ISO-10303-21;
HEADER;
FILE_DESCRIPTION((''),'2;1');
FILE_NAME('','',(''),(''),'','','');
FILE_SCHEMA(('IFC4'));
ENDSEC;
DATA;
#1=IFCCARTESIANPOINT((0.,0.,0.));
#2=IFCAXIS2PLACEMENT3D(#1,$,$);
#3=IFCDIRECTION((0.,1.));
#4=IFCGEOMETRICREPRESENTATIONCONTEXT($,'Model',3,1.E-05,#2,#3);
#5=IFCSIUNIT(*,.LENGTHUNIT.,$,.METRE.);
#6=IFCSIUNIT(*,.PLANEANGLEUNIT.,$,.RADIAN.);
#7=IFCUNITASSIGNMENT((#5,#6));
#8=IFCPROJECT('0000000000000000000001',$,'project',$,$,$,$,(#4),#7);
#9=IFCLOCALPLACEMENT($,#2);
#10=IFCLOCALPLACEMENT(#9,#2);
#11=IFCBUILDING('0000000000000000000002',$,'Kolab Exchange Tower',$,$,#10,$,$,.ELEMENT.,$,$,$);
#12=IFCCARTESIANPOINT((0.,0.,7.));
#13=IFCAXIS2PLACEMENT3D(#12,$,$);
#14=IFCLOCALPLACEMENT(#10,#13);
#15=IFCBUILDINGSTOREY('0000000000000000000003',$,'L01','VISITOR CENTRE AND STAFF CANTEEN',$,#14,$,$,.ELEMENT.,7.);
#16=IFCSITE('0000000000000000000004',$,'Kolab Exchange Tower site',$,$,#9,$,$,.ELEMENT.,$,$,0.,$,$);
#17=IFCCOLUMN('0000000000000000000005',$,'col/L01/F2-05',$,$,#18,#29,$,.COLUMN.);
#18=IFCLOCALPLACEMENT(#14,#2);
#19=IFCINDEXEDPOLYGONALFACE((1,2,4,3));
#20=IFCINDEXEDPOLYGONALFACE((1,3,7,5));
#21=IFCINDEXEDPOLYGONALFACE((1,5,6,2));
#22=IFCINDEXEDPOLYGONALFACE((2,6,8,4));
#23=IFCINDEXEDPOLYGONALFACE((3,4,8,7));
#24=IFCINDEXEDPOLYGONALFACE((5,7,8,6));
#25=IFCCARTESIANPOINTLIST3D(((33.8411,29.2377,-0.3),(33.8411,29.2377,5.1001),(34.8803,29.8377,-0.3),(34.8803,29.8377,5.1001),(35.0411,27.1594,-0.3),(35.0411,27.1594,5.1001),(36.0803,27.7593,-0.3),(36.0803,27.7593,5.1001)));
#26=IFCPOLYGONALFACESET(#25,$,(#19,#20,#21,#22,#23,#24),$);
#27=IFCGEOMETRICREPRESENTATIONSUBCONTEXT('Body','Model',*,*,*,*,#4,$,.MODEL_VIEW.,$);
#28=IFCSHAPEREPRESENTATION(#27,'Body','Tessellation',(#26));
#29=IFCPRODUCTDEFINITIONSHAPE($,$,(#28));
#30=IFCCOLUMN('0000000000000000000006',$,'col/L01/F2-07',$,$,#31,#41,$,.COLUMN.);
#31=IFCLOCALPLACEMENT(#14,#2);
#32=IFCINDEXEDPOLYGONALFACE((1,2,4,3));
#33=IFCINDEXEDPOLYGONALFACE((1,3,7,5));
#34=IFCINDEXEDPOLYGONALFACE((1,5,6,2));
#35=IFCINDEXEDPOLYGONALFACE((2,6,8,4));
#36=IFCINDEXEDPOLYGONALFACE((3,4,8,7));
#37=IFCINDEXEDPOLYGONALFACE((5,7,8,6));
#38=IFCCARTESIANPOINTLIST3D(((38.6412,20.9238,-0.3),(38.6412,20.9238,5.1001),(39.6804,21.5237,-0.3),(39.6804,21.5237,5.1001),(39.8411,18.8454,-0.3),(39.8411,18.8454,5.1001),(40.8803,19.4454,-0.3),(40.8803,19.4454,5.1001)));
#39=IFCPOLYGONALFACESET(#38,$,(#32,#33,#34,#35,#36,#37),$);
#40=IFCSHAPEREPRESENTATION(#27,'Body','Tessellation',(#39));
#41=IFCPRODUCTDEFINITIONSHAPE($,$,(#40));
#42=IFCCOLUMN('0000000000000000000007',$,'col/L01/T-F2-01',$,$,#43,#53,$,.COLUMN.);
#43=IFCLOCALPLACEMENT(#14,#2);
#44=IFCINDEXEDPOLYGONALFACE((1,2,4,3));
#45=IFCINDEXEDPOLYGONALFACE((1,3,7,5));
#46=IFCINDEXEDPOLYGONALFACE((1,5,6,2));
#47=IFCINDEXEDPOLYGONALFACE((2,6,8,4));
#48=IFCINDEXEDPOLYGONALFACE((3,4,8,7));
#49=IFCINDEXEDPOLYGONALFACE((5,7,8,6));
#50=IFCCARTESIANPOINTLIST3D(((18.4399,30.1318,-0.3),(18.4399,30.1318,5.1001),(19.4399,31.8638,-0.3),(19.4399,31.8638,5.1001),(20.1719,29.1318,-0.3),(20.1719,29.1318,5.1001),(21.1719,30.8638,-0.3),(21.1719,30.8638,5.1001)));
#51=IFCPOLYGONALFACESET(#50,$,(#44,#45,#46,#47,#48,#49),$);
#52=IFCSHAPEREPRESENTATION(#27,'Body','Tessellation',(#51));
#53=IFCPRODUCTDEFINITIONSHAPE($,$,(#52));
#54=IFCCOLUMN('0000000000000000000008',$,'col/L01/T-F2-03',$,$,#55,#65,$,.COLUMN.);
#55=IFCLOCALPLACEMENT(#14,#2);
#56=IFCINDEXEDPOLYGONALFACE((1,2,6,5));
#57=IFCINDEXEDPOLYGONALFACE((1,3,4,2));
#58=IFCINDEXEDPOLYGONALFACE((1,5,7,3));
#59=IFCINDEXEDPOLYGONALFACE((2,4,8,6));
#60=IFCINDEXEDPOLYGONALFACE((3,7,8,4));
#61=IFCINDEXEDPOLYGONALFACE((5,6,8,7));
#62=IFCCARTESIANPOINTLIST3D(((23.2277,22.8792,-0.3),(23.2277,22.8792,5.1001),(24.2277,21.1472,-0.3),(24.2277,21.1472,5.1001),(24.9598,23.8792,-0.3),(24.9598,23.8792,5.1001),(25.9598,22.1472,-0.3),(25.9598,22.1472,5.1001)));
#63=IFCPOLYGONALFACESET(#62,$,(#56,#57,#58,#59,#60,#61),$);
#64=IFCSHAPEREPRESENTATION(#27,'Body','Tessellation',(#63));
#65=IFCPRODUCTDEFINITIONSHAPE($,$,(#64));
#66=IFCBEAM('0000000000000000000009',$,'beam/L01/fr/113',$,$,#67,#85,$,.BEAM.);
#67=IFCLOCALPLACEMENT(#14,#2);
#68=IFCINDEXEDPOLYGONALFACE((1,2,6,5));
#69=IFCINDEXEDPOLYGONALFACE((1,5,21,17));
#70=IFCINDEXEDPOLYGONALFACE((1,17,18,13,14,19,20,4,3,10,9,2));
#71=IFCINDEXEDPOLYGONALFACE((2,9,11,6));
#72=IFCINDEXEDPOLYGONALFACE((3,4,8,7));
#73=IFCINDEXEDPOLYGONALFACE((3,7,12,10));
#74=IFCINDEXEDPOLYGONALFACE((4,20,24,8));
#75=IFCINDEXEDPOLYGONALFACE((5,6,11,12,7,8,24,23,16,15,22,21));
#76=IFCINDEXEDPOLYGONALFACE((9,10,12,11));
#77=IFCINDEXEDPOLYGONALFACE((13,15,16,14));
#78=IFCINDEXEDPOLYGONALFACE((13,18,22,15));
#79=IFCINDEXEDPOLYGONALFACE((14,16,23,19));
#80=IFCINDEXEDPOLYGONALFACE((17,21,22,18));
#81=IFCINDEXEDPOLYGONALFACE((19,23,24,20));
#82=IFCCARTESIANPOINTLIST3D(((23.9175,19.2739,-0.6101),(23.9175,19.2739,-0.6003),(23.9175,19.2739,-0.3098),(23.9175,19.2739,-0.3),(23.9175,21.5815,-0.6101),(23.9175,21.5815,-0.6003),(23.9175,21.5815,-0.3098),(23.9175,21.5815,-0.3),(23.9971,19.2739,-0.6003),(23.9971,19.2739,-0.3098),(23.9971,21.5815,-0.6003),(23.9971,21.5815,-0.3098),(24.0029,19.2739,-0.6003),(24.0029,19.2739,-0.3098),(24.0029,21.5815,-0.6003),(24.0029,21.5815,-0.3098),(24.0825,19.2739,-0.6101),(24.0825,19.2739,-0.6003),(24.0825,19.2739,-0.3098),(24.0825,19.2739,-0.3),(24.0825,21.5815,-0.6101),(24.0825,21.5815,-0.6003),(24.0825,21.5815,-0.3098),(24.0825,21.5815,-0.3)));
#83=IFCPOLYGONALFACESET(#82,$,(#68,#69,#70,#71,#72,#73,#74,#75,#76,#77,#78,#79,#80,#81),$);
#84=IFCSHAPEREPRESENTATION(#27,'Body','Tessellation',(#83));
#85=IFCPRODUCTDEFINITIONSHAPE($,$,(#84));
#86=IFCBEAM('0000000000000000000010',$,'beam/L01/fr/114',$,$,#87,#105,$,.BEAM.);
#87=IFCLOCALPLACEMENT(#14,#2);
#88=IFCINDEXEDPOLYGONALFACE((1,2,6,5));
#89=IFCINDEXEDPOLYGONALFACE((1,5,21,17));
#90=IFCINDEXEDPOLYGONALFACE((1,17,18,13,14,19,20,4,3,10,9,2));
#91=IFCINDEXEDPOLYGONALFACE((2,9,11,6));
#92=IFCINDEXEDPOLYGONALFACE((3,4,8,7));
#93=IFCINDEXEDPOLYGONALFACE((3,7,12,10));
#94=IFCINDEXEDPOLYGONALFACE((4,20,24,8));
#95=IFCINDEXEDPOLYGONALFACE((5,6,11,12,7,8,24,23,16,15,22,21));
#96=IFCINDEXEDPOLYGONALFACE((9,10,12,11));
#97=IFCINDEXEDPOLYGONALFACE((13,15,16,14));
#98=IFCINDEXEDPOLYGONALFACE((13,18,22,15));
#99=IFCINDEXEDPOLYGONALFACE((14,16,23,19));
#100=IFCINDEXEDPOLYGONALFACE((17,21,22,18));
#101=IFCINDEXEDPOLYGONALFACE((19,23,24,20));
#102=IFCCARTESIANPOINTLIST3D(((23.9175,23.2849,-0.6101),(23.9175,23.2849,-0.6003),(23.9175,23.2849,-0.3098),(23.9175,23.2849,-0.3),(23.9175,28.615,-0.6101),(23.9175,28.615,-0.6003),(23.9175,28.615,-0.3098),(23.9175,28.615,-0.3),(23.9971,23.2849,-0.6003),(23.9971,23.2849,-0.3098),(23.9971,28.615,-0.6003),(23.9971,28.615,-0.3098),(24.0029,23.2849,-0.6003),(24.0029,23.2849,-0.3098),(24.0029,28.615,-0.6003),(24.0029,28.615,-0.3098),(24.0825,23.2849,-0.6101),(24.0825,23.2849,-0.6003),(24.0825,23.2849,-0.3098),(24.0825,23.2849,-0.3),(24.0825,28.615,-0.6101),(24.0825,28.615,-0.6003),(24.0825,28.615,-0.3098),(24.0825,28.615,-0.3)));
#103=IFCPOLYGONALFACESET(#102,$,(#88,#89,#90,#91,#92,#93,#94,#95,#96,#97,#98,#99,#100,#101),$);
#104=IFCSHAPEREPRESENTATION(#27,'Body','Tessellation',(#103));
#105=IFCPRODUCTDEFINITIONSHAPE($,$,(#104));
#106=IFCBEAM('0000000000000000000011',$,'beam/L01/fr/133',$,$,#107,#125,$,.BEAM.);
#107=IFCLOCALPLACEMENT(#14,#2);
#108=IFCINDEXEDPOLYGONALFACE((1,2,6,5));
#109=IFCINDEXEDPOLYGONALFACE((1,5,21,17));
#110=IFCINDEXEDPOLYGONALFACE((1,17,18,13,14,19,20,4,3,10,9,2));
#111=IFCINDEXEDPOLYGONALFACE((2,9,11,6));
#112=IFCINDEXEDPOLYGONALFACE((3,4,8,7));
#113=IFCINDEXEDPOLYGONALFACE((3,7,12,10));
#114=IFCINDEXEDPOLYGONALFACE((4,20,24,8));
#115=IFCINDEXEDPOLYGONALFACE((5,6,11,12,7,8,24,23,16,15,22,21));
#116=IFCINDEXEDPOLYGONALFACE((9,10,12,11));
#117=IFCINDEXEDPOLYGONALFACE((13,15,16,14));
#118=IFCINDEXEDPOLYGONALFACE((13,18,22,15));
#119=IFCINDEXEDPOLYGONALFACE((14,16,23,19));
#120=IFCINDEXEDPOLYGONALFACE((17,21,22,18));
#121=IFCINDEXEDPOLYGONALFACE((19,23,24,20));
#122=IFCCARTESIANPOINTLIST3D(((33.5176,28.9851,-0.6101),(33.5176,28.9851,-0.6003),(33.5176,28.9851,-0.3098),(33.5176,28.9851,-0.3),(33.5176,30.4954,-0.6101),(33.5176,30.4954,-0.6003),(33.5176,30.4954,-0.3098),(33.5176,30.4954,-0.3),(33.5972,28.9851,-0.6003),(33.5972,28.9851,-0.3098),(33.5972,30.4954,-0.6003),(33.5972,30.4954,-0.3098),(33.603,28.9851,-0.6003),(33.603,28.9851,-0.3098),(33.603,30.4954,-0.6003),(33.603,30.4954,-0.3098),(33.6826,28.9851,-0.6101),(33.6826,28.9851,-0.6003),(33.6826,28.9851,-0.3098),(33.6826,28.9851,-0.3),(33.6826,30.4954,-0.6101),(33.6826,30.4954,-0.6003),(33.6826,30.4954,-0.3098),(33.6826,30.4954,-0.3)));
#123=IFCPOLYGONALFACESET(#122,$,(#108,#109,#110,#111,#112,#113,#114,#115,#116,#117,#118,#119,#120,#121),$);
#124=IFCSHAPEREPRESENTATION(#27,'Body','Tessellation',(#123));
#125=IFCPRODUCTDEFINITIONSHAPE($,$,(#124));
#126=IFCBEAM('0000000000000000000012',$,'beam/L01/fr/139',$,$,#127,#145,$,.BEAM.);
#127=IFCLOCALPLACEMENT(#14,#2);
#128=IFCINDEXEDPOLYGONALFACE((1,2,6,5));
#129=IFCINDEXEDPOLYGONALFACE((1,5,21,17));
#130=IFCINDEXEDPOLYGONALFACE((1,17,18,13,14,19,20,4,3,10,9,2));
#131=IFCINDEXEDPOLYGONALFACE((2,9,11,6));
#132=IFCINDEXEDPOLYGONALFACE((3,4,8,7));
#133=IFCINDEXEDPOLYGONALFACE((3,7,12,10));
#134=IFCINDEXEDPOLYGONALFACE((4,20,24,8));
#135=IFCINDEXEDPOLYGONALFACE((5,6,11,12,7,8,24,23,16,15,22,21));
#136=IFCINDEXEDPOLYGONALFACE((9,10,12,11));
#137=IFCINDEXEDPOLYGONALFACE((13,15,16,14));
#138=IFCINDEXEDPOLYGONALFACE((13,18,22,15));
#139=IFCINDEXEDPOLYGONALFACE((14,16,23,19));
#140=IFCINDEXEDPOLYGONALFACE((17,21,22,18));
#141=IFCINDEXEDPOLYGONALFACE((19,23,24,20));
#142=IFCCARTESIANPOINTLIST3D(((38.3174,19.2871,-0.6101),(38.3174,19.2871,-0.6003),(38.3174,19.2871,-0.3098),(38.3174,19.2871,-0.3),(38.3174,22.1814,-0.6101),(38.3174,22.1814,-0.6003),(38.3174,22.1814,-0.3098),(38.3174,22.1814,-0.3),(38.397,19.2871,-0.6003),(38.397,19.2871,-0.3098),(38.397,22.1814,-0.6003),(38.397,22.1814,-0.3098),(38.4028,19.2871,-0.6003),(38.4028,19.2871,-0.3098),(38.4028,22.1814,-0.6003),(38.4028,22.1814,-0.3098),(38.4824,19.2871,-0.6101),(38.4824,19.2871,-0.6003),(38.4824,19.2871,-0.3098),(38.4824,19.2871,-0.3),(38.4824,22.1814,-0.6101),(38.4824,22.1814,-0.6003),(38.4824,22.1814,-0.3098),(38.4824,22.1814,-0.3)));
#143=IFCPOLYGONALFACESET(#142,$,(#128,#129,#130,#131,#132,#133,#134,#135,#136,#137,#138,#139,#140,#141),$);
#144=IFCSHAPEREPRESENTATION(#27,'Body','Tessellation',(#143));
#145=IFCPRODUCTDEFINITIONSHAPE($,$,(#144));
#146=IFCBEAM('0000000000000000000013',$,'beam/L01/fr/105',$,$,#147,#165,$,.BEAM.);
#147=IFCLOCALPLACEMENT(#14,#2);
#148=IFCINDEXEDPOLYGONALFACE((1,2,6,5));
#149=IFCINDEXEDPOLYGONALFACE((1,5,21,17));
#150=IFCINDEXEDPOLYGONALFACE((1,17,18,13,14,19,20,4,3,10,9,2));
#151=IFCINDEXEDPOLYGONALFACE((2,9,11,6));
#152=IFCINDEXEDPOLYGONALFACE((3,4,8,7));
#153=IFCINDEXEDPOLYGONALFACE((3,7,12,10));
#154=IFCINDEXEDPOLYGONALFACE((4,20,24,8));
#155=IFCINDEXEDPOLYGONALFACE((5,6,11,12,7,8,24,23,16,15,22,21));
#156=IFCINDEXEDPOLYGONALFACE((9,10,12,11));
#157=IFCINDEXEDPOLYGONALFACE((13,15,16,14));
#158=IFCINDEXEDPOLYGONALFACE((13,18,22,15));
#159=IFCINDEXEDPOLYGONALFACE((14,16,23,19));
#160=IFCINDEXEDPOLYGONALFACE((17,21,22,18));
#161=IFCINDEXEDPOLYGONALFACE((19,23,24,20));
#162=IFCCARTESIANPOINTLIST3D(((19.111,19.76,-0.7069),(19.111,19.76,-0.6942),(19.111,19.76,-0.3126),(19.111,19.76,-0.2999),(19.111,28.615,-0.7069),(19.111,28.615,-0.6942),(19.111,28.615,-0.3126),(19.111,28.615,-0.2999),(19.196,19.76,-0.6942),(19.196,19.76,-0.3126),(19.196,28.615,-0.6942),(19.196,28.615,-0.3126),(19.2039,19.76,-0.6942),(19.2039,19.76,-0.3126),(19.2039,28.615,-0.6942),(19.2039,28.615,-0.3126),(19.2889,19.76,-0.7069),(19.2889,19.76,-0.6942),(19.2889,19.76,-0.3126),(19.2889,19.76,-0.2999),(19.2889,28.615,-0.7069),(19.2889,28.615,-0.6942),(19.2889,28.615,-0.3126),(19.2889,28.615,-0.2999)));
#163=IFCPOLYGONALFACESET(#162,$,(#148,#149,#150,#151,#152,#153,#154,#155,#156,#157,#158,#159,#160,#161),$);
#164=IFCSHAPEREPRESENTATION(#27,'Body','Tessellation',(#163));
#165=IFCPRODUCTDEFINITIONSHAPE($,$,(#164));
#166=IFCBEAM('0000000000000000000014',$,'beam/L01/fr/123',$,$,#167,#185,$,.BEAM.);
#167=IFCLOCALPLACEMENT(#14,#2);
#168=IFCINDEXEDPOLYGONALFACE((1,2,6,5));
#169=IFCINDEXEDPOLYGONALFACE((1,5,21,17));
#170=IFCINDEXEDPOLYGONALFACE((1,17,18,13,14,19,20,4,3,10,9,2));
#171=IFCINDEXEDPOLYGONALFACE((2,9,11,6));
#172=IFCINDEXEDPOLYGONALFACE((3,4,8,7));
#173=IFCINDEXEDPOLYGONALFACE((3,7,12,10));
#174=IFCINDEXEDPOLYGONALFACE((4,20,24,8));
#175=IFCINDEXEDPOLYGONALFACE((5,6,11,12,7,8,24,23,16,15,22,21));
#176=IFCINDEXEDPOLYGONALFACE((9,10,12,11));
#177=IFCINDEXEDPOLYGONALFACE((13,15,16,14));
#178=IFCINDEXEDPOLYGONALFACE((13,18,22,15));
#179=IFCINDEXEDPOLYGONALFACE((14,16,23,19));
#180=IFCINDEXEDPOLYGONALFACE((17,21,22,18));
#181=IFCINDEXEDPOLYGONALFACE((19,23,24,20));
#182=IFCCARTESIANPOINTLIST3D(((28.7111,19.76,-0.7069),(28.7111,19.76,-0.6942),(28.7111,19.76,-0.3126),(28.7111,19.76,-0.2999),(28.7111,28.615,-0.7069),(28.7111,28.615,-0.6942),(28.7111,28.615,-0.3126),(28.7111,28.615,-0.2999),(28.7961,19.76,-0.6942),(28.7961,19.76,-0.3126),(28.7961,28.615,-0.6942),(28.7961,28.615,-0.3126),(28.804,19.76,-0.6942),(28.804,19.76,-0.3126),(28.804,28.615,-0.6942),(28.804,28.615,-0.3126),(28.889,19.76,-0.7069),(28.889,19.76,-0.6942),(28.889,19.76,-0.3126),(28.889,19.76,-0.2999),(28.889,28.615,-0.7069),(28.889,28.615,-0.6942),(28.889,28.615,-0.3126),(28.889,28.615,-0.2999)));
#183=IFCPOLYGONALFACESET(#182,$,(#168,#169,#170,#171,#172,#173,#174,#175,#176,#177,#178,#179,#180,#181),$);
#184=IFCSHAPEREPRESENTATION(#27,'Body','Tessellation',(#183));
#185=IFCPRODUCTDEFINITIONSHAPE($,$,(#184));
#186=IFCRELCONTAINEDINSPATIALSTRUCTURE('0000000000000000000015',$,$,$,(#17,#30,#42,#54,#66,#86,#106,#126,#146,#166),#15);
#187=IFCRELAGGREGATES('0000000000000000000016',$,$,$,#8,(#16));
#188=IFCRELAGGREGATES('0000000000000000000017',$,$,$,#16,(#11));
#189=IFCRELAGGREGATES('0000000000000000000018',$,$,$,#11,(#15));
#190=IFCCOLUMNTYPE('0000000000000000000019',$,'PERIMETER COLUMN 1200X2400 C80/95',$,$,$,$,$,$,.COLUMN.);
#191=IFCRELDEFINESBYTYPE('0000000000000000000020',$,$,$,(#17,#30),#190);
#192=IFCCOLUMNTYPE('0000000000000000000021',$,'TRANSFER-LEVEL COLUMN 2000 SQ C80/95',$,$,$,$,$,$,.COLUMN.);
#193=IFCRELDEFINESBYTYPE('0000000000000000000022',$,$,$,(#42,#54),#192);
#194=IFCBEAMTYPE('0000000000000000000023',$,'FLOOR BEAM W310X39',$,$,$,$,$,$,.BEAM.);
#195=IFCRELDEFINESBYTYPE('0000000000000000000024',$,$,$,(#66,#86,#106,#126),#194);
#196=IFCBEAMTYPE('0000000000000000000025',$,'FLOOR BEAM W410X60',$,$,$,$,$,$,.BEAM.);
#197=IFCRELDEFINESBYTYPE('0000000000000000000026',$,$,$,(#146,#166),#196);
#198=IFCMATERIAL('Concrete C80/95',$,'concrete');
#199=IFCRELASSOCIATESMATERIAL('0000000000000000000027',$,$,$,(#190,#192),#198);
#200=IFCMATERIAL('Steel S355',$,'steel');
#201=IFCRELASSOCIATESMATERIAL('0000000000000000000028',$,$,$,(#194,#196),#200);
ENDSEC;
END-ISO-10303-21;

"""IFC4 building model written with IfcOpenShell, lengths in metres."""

from ifc_helpers import new_model, si_unit, direction, frame, origin, origin_2d, place, context, subcontext, project, spatial, rectangle, i_section, extrude, material, material_profile, profile_set, type_object, element, save


model = new_model("IFC4")

# Units and contexts
model_context = context("Model", 3, precision=1e-05, world=origin(), true_north=direction((0.0, 1.0)))
body_context = subcontext(model_context, "Body", "Model", "MODEL_VIEW")
ifc_project = project(units=[si_unit("LENGTHUNIT", "METRE"), si_unit("PLANEANGLEUNIT", "RADIAN")], contexts=[model_context])

# Site, building, storey
site_placement = place(None, origin())
site = spatial("IfcSite", under=ifc_project, at=site_placement, Name="Kolab Exchange Tower site", CompositionType="ELEMENT", RefElevation=0.0)
building_placement = place(site_placement, origin())
building = spatial("IfcBuilding", under=site, at=building_placement, Name="Kolab Exchange Tower", CompositionType="ELEMENT")
storey_placement = place(building_placement, frame((0.0, 0.0, 7.0)))
storey = spatial("IfcBuildingStorey", under=building, at=storey_placement, Name="L01", Description="VISITOR CENTRE AND STAFF CANTEEN", CompositionType="ELEMENT", Elevation=7.0)

# Columns
ifc_material_1 = material(Name="Concrete C80/95", Category="concrete")
ifc_material_profile_1 = material_profile(ifc_material_1, rectangle(XDim=1.2, YDim=2.3999, at=origin_2d()), Name="RC1200X2400")
ifc_profile_set_1 = profile_set([ifc_material_profile_1], Name="Concrete C80/95")
column_type_1 = type_object("IfcColumnType", Name="PERIMETER COLUMN 1200X2400 C80/95", PredefinedType="COLUMN", material=ifc_profile_set_1)
for number, where, z_axis, x_axis, name in (
    (1, (34.9607, 28.4985, -0.3), (0.0, 0.0, 1.0), (0.866025, 0.5, 0.0), "col/L01/F2-05"),
    (2, (39.7607, 20.1846, -0.3), (0.0, 0.0, 1.0), (0.866025, 0.5, 0.0), "col/L01/F2-07"),
):
    element("IfcColumn", number, at=place(storey_placement, frame(where, z_axis=z_axis, x_axis=x_axis)), inside=storey, type_object=column_type_1, Name=name, PredefinedType="COLUMN", context=body_context, shape_type="SweptSolid", body=[
        extrude(rectangle(XDim=1.2, YDim=2.3999, at=origin_2d()), origin(), (0.0, 0.0, 1.0), 5.4001),
    ])
ifc_material_profile_2 = material_profile(ifc_material_1, rectangle(XDim=2.0, YDim=2.0, at=origin_2d()), Name="RC2000")
ifc_profile_set_2 = profile_set([ifc_material_profile_2], Name="Concrete C80/95")
column_type_2 = type_object("IfcColumnType", Name="TRANSFER-LEVEL COLUMN 2000 SQ C80/95", PredefinedType="COLUMN", material=ifc_profile_set_2)
for number, where, z_axis, x_axis, name in (
    (3, (19.8059, 30.4978, -0.3), (0.0, 0.0, 1.0), (0.5, 0.866025, 0.0), "col/L01/T-F2-01"),
    (4, (24.5938, 22.5132, -0.3), (0.0, 0.0, 1.0), (0.866025, 0.5, 0.0), "col/L01/T-F2-03"),
):
    element("IfcColumn", number, at=place(storey_placement, frame(where, z_axis=z_axis, x_axis=x_axis)), inside=storey, type_object=column_type_2, Name=name, PredefinedType="COLUMN", context=body_context, shape_type="SweptSolid", body=[
        extrude(rectangle(XDim=2.0, YDim=2.0, at=origin_2d()), origin(), (0.0, 0.0, 1.0), 5.4001),
    ])

# Beams
ifc_material_2 = material(Name="Steel S355", Category="steel")
ifc_material_profile_3 = material_profile(ifc_material_2, i_section(OverallWidth=0.165, OverallDepth=0.3101, WebThickness=0.0059, FlangeThickness=0.0098, at=origin_2d()), Name="W310X39")
ifc_profile_set_3 = profile_set([ifc_material_profile_3], Name="Steel S355")
beam_type_1 = type_object("IfcBeamType", Name="FLOOR BEAM W310X39", PredefinedType="BEAM", material=ifc_profile_set_3)
beam_1_placement = place(storey_placement, frame((24.0, 19.2739, -0.4551), z_axis=(0.0, 1.0, 0.0), x_axis=(-1.0, 0.0, 0.0)))
element("IfcBeam", 5, at=beam_1_placement, inside=storey, type_object=beam_type_1, Name="beam/L01/fr/113", PredefinedType="BEAM", context=body_context, shape_type="SweptSolid", body=[
    extrude(i_section(OverallWidth=0.165, OverallDepth=0.3101, WebThickness=0.0059, FlangeThickness=0.0098, at=origin_2d()), origin(), (0.0, 0.0, 1.0), 2.3076),
])
beam_2_placement = place(storey_placement, frame((24.0, 23.2849, -0.4551), z_axis=(0.0, 1.0, 0.0), x_axis=(-1.0, 0.0, 0.0)))
element("IfcBeam", 6, at=beam_2_placement, inside=storey, type_object=beam_type_1, Name="beam/L01/fr/114", PredefinedType="BEAM", context=body_context, shape_type="SweptSolid", body=[
    extrude(i_section(OverallWidth=0.165, OverallDepth=0.3101, WebThickness=0.0059, FlangeThickness=0.0098, at=origin_2d()), origin(), (0.0, 0.0, 1.0), 5.3301),
])
beam_3_placement = place(storey_placement, frame((33.6001, 28.9851, -0.4551), z_axis=(0.0, 1.0, 0.0), x_axis=(-1.0, 0.0, 0.0)))
element("IfcBeam", 7, at=beam_3_placement, inside=storey, type_object=beam_type_1, Name="beam/L01/fr/133", PredefinedType="BEAM", context=body_context, shape_type="SweptSolid", body=[
    extrude(i_section(OverallWidth=0.165, OverallDepth=0.3101, WebThickness=0.0059, FlangeThickness=0.0098, at=origin_2d()), origin(), (0.0, 0.0, 1.0), 1.5103),
])
beam_4_placement = place(storey_placement, frame((38.3999, 19.2871, -0.4551), z_axis=(0.0, 1.0, 0.0), x_axis=(-1.0, 0.0, 0.0)))
element("IfcBeam", 8, at=beam_4_placement, inside=storey, type_object=beam_type_1, Name="beam/L01/fr/139", PredefinedType="BEAM", context=body_context, shape_type="SweptSolid", body=[
    extrude(i_section(OverallWidth=0.165, OverallDepth=0.3101, WebThickness=0.0059, FlangeThickness=0.0098, at=origin_2d()), origin(), (0.0, 0.0, 1.0), 2.8943),
])
ifc_material_profile_4 = material_profile(ifc_material_2, i_section(OverallWidth=0.178, OverallDepth=0.407, WebThickness=0.0078, FlangeThickness=0.0127, at=origin_2d()), Name="W410X60")
ifc_profile_set_4 = profile_set([ifc_material_profile_4], Name="Steel S355")
beam_type_2 = type_object("IfcBeamType", Name="FLOOR BEAM W410X60", PredefinedType="BEAM", material=ifc_profile_set_4)
for number, where, z_axis, x_axis, name in (
    (9, (19.2, 19.76, -0.5034), (0.0, 1.0, 0.0), (-1.0, 0.0, 0.0), "beam/L01/fr/105"),
    (10, (28.8, 19.76, -0.5034), (0.0, 1.0, 0.0), (-1.0, 0.0, 0.0), "beam/L01/fr/123"),
):
    element("IfcBeam", number, at=place(storey_placement, frame(where, z_axis=z_axis, x_axis=x_axis)), inside=storey, type_object=beam_type_2, Name=name, PredefinedType="BEAM", context=body_context, shape_type="SweptSolid", body=[
        extrude(i_section(OverallWidth=0.178, OverallDepth=0.407, WebThickness=0.0078, FlangeThickness=0.0127, at=origin_2d()), origin(), (0.0, 0.0, 1.0), 8.855),
    ])

save(model, "model.ifc")
